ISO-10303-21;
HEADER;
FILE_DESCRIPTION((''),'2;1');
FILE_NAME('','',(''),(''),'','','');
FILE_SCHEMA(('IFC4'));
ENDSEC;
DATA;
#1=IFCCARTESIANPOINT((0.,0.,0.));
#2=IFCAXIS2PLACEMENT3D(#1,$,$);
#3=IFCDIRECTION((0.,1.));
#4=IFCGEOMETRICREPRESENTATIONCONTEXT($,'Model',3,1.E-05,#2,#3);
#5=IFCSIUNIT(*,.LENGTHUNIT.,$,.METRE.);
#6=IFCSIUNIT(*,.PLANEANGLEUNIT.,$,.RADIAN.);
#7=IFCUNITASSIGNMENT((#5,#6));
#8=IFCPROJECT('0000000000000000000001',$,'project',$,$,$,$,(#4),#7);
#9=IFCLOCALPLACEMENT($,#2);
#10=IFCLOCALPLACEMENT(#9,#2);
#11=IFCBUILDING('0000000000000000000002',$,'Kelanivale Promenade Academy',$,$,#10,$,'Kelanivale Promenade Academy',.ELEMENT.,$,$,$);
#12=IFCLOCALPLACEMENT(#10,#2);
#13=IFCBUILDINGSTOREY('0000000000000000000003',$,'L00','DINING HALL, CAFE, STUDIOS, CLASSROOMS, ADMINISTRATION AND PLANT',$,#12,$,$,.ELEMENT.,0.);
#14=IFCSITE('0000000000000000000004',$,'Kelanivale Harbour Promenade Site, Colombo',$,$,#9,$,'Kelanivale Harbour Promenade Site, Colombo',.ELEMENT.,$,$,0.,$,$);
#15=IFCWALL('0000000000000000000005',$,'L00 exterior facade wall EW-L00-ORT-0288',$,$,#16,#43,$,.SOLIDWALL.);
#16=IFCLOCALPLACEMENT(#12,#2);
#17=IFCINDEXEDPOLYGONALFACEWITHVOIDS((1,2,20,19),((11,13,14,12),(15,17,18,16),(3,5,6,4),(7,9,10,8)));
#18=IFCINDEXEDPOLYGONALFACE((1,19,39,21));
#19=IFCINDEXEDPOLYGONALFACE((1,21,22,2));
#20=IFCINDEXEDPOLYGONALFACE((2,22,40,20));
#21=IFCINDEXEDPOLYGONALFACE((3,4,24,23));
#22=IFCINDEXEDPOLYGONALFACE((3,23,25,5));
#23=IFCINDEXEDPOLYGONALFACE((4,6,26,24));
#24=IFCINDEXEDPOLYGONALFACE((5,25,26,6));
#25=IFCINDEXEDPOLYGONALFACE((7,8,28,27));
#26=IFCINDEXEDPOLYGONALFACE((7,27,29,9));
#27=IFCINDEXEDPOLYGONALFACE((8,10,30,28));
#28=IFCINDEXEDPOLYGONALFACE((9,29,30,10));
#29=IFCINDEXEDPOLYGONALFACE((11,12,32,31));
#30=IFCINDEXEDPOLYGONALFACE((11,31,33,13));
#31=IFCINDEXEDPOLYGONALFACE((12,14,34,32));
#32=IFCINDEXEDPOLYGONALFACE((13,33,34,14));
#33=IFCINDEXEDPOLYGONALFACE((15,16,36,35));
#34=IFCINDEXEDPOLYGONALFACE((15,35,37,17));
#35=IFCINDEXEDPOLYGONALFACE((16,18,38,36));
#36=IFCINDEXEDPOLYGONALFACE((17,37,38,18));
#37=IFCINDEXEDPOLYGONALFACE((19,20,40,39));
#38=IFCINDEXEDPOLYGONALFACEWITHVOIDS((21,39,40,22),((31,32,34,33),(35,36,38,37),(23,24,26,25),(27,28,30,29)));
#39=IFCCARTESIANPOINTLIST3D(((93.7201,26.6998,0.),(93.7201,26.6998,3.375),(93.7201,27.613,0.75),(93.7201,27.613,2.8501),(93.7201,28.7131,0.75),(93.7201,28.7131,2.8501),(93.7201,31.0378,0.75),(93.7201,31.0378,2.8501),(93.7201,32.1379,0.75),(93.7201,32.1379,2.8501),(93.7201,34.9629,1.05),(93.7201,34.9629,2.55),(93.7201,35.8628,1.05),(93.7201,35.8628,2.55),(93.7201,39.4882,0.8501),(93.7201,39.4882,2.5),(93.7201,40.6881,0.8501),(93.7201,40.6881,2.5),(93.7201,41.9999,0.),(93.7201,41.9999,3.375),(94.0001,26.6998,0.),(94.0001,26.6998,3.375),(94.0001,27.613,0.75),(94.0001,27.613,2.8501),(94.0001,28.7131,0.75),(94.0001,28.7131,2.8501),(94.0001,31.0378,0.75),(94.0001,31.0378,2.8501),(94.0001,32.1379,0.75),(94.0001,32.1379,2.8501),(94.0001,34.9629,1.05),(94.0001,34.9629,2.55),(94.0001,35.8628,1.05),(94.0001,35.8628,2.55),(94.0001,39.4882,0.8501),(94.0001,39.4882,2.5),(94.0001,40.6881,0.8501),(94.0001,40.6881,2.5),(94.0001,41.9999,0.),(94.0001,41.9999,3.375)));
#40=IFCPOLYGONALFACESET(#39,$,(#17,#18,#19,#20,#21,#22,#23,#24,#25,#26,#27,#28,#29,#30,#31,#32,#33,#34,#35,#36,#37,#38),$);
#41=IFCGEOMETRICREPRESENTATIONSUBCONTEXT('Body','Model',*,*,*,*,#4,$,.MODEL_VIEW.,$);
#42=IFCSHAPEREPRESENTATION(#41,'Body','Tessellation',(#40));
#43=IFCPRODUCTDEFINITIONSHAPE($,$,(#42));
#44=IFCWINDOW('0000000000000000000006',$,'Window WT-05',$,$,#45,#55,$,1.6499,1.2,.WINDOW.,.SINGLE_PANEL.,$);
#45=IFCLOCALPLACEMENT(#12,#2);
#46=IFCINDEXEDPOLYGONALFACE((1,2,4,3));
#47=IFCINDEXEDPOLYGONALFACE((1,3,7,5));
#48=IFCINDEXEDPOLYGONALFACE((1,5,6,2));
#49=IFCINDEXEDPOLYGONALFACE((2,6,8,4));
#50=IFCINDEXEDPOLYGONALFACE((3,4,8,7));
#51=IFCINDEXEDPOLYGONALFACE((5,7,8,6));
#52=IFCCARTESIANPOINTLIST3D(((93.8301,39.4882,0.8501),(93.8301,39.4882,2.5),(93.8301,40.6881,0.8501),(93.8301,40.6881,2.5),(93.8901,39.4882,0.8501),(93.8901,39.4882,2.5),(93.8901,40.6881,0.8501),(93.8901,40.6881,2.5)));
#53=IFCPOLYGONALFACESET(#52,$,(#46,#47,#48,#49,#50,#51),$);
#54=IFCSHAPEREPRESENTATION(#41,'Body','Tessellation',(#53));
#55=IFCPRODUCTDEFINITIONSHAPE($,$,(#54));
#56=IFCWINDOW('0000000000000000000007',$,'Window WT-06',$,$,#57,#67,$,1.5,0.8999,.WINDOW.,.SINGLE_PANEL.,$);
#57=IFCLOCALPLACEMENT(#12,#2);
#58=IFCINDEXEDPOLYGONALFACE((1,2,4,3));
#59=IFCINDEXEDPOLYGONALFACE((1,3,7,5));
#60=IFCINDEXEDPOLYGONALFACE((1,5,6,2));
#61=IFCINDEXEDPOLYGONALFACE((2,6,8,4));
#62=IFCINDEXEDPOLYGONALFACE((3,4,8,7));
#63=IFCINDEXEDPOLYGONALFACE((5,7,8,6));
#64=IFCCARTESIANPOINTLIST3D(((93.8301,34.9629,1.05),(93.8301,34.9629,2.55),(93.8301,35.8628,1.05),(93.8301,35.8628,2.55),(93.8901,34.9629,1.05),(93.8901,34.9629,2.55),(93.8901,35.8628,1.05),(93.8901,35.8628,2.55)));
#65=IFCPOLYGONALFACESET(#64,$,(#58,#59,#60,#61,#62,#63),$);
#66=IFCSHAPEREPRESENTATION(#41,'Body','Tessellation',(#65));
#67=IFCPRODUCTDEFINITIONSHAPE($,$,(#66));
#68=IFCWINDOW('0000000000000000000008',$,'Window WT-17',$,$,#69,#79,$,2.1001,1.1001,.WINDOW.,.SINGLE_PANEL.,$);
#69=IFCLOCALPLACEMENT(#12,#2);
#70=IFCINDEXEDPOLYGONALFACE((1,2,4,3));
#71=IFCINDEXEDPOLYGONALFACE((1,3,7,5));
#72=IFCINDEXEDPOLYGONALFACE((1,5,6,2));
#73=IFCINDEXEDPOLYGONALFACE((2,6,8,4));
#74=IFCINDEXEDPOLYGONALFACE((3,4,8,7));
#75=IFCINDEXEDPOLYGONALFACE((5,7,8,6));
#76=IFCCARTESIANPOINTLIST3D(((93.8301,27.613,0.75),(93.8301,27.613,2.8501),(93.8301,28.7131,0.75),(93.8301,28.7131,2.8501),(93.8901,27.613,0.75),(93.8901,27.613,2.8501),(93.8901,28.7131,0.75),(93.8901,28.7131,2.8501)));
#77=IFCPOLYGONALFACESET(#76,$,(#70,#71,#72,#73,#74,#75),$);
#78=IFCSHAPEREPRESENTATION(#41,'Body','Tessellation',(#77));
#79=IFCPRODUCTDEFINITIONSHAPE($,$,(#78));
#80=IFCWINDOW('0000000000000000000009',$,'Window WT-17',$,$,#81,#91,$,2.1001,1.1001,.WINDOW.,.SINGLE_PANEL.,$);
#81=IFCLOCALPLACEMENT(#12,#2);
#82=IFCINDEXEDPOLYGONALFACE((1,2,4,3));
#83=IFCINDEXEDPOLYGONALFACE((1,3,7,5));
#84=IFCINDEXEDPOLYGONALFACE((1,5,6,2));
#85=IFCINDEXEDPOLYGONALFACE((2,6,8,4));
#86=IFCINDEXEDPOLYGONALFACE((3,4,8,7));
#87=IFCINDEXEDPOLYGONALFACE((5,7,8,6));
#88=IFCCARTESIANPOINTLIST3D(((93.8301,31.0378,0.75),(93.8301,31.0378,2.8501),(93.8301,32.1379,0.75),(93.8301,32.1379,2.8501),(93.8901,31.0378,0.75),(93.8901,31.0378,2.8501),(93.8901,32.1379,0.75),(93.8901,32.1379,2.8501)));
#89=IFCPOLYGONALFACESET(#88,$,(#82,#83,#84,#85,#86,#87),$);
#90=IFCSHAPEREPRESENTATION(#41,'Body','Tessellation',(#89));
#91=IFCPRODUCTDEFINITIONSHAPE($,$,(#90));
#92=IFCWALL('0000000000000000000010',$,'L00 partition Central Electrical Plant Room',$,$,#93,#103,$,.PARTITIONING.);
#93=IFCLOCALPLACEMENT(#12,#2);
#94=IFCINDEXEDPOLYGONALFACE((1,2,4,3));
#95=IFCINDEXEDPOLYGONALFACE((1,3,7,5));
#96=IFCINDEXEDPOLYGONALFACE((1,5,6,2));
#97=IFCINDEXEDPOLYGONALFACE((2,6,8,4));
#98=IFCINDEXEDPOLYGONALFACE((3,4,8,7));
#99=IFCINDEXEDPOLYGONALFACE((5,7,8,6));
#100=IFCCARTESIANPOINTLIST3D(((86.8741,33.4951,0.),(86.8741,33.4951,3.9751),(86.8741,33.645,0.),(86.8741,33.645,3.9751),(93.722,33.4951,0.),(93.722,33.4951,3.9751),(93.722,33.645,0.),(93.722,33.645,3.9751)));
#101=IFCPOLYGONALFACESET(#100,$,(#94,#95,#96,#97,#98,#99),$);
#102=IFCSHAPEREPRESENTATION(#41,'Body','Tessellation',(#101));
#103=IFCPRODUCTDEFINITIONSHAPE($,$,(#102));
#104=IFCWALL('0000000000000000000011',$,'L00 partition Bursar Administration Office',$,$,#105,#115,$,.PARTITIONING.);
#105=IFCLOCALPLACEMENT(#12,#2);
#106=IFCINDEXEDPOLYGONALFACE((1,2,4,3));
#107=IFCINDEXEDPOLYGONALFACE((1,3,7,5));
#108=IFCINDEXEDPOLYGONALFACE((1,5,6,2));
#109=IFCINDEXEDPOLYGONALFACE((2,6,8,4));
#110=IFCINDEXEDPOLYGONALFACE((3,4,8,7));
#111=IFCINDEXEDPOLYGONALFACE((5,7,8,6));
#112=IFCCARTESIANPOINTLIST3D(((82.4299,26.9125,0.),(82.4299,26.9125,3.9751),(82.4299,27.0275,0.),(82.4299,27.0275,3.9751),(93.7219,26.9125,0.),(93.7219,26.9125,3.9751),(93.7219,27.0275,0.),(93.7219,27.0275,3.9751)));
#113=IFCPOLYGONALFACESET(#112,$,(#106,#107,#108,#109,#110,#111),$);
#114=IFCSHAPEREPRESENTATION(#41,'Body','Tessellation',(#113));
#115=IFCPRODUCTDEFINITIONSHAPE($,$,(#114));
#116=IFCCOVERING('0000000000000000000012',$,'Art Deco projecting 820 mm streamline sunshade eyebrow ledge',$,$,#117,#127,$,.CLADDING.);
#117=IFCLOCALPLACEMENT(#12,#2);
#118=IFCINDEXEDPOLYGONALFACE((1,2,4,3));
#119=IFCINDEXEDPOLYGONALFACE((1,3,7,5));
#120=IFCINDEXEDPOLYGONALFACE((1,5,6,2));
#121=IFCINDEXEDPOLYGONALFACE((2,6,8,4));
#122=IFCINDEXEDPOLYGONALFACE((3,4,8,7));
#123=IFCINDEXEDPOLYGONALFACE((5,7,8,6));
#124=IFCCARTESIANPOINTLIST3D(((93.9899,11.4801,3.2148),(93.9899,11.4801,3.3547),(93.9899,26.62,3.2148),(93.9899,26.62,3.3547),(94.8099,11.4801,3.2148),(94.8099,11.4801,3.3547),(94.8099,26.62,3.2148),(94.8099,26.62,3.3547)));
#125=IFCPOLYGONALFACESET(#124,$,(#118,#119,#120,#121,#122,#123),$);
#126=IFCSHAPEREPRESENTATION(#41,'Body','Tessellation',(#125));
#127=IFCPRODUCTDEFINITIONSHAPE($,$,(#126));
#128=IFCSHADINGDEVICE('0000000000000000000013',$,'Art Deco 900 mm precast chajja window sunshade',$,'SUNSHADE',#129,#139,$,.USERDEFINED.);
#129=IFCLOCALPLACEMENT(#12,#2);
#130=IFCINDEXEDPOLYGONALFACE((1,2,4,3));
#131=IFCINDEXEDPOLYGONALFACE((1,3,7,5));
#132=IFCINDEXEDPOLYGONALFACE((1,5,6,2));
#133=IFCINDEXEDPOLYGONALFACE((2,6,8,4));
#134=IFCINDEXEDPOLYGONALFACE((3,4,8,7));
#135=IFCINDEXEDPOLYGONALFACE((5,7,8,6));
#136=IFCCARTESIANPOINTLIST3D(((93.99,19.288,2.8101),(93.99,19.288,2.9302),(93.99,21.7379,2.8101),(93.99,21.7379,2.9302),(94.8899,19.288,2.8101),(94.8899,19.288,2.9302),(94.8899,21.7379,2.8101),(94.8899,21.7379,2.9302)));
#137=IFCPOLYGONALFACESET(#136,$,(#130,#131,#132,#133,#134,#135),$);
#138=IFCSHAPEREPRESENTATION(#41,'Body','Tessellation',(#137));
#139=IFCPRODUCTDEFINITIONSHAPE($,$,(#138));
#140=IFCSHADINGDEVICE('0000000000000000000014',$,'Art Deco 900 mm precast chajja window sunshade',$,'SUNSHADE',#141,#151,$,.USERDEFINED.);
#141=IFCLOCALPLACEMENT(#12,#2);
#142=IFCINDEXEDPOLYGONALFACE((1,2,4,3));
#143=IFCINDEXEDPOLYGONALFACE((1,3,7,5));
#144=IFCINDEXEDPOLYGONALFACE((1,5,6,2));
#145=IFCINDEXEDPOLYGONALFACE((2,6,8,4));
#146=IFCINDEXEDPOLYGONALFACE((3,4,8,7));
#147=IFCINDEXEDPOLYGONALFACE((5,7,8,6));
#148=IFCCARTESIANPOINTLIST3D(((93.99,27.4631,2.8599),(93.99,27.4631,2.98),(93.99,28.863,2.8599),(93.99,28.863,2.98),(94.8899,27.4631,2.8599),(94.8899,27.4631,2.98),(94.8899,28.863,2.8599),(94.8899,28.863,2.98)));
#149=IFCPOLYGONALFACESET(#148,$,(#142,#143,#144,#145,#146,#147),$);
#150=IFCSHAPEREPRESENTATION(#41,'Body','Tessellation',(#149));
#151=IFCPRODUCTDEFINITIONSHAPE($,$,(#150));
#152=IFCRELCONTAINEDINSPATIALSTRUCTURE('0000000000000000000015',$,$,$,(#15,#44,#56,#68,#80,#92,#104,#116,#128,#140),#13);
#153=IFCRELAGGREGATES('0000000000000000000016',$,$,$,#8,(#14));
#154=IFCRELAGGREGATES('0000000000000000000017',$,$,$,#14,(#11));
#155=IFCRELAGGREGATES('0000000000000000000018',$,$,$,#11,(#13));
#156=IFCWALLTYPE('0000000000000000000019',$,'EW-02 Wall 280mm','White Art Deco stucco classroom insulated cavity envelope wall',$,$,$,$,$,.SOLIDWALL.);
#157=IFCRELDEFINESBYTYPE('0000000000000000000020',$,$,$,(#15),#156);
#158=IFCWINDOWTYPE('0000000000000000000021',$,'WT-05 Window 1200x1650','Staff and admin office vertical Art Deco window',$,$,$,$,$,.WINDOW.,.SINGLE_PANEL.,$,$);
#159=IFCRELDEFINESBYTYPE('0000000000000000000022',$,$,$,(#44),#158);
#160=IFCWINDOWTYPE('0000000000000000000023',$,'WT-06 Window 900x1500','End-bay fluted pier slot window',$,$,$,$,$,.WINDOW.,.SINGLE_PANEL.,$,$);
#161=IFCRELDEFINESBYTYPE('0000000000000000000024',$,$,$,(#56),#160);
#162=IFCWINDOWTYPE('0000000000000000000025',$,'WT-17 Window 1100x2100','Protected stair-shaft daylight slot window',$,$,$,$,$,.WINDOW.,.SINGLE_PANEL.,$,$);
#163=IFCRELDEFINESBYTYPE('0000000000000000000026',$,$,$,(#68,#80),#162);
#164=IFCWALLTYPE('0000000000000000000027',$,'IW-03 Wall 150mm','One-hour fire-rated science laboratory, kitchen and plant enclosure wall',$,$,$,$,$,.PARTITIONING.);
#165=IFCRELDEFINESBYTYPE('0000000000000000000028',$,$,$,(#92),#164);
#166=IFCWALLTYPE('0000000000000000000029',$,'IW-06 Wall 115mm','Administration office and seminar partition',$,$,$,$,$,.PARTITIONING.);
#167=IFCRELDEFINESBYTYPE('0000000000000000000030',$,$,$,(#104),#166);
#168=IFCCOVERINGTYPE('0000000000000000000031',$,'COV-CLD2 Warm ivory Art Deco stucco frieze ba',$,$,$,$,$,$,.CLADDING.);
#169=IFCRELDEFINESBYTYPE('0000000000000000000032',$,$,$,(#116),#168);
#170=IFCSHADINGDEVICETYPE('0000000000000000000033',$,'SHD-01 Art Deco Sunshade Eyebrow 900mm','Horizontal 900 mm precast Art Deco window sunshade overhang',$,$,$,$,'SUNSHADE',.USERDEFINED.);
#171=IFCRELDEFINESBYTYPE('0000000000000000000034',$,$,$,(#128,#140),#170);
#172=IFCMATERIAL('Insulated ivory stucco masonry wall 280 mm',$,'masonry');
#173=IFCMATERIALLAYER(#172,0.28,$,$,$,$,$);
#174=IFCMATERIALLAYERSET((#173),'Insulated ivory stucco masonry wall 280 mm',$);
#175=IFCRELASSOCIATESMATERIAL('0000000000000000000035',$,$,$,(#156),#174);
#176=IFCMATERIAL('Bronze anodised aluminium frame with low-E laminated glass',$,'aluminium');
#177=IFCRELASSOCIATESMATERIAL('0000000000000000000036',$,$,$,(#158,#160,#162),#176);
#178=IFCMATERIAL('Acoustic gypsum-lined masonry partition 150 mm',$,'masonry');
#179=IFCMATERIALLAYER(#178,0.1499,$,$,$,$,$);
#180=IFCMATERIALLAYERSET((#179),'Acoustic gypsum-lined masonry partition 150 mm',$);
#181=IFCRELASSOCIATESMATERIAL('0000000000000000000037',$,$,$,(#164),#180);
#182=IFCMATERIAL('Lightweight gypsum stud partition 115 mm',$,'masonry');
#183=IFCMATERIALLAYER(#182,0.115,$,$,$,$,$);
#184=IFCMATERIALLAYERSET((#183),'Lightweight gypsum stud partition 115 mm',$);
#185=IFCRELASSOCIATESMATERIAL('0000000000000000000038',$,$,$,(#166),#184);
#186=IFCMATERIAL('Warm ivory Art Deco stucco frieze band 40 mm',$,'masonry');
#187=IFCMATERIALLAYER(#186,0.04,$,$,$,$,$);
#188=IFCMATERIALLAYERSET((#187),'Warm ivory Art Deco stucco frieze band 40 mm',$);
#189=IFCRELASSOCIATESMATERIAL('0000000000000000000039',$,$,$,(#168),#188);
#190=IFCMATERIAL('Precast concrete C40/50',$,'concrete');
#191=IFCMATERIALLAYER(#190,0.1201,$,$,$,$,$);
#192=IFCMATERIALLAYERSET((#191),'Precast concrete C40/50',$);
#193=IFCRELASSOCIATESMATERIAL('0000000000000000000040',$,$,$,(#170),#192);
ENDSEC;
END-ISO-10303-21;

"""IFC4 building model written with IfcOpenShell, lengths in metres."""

from ifc_helpers import new_model, si_unit, direction, frame, frame_2d, origin, origin_2d, place, context, subcontext, project, spatial, rectangle, extrude, material, layer, layer_set, type_object, element, fill, save


model = new_model("IFC4")

# Units and contexts
model_context = context("Model", 3, precision=1e-05, world=origin(), true_north=direction((0.0, 1.0)))
body_context = subcontext(model_context, "Body", "Model", "MODEL_VIEW")
ifc_project = project(units=[si_unit("LENGTHUNIT", "METRE"), si_unit("PLANEANGLEUNIT", "RADIAN")], contexts=[model_context])

# Site, building, storey
site_placement = place(None, origin())
site = spatial("IfcSite", under=ifc_project, at=site_placement, Name="Kelanivale Harbour Promenade Site, Colombo", LongName="Kelanivale Harbour Promenade Site, Colombo", CompositionType="ELEMENT", RefElevation=0.0)
building_placement = place(site_placement, origin())
building = spatial("IfcBuilding", under=site, at=building_placement, Name="Kelanivale Promenade Academy", LongName="Kelanivale Promenade Academy", CompositionType="ELEMENT")
storey_placement = place(building_placement, origin())
storey = spatial("IfcBuildingStorey", under=building, at=storey_placement, Name="L00", Description="DINING HALL, CAFE, STUDIOS, CLASSROOMS, ADMINISTRATION AND PLANT", CompositionType="ELEMENT", Elevation=0.0)

# Wall, openings, windows
ifc_material_1 = material(Name="Insulated ivory stucco masonry wall 280 mm", Category="masonry")
ifc_layer_1 = layer(ifc_material_1, 0.28)
ifc_layer_set_1 = layer_set([ifc_layer_1], Name="Insulated ivory stucco masonry wall 280 mm")
wall_type_1 = type_object("IfcWallType", Name="EW-02 Wall 280mm", Description="White Art Deco stucco classroom insulated cavity envelope wall", PredefinedType="SOLIDWALL", material=ifc_layer_set_1)
wall_1_placement = place(storey_placement, frame((93.8601, 26.7, 0.0), z_axis=(0.0, 0.0, 1.0), x_axis=(0.0, 1.0, 0.0)))
wall_1 = element("IfcWall", 1, at=wall_1_placement, inside=storey, type_object=wall_type_1, Name="L00 exterior facade wall EW-L00-ORT-0288", PredefinedType="SOLIDWALL", context=body_context, shape_type="SweptSolid", body=[
    extrude(rectangle(XDim=15.3, YDim=0.28, at=frame_2d((7.6499, 0.0))), origin(), (0.0, 0.0, 1.0), 3.375),
])
opening_1_placement = place(wall_1_placement, frame((0.9131, 0.0, 0.75)))
opening_1 = element("IfcOpeningElement", 2, at=opening_1_placement, cuts=wall_1, PredefinedType="OPENING", context=body_context, shape_type="SweptSolid", body=[
    extrude(rectangle(XDim=1.1001, YDim=2.1001, at=frame_2d((0.55, 1.05))), frame((0.0, 0.1499, 0.0), z_axis=(0.0, -1.0, 0.0), x_axis=(1.0, 0.0, 0.0)), (0.0, 0.0, 1.0), 0.3),
])
opening_2_placement = place(wall_1_placement, frame((4.3379, 0.0, 0.75)))
opening_2 = element("IfcOpeningElement", 3, at=opening_2_placement, cuts=wall_1, PredefinedType="OPENING", context=body_context, shape_type="SweptSolid", body=[
    extrude(rectangle(XDim=1.1001, YDim=2.1001, at=frame_2d((0.55, 1.05))), frame((0.0, 0.1499, 0.0), z_axis=(0.0, -1.0, 0.0), x_axis=(1.0, 0.0, 0.0)), (0.0, 0.0, 1.0), 0.3),
])
opening_3_placement = place(wall_1_placement, frame((8.2629, 0.0, 1.05)))
opening_3 = element("IfcOpeningElement", 4, at=opening_3_placement, cuts=wall_1, PredefinedType="OPENING", context=body_context, shape_type="SweptSolid", body=[
    extrude(rectangle(XDim=0.8999, YDim=1.5, at=frame_2d((0.45, 0.75))), frame((0.0, 0.1499, 0.0), z_axis=(0.0, -1.0, 0.0), x_axis=(1.0, 0.0, 0.0)), (0.0, 0.0, 1.0), 0.3),
])
opening_4_placement = place(wall_1_placement, frame((12.7881, 0.0, 0.8501)))
opening_4 = element("IfcOpeningElement", 5, at=opening_4_placement, cuts=wall_1, PredefinedType="OPENING", context=body_context, shape_type="SweptSolid", body=[
    extrude(rectangle(XDim=1.2, YDim=1.6499, at=frame_2d((0.6001, 0.825))), frame((0.0, 0.1499, 0.0), z_axis=(0.0, -1.0, 0.0), x_axis=(1.0, 0.0, 0.0)), (0.0, 0.0, 1.0), 0.3),
])
ifc_material_2 = material(Name="Bronze anodised aluminium frame with low-E laminated glass", Category="aluminium")
window_type_1 = type_object("IfcWindowType", Name="WT-05 Window 1200x1650", Description="Staff and admin office vertical Art Deco window", PartitioningType="SINGLE_PANEL", PredefinedType="WINDOW", material=ifc_material_2)
window_1_placement = place(opening_4_placement, origin())
window_1 = element("IfcWindow", 6, at=window_1_placement, inside=storey, type_object=window_type_1, Name="Window WT-05", OverallHeight=1.6499, OverallWidth=1.2, PartitioningType="SINGLE_PANEL", PredefinedType="WINDOW", context=body_context, shape_type="SweptSolid", body=[
    extrude(rectangle(XDim=1.2, YDim=1.6499, at=frame_2d((0.6001, 0.825))), frame((0.0, 0.03, 0.0), z_axis=(0.0, -1.0, 0.0), x_axis=(1.0, 0.0, 0.0)), (0.0, 0.0, 1.0), 0.0601),
])
fill(opening_4, window_1)
window_type_2 = type_object("IfcWindowType", Name="WT-06 Window 900x1500", Description="End-bay fluted pier slot window", PartitioningType="SINGLE_PANEL", PredefinedType="WINDOW", material=ifc_material_2)
window_2_placement = place(opening_3_placement, origin())
window_2 = element("IfcWindow", 7, at=window_2_placement, inside=storey, type_object=window_type_2, Name="Window WT-06", OverallHeight=1.5, OverallWidth=0.8999, PartitioningType="SINGLE_PANEL", PredefinedType="WINDOW", context=body_context, shape_type="SweptSolid", body=[
    extrude(rectangle(XDim=0.8999, YDim=1.5, at=frame_2d((0.45, 0.75))), frame((0.0, 0.03, 0.0), z_axis=(0.0, -1.0, 0.0), x_axis=(1.0, 0.0, 0.0)), (0.0, 0.0, 1.0), 0.0601),
])
fill(opening_3, window_2)
window_type_3 = type_object("IfcWindowType", Name="WT-17 Window 1100x2100", Description="Protected stair-shaft daylight slot window", PartitioningType="SINGLE_PANEL", PredefinedType="WINDOW", material=ifc_material_2)
window_3_placement = place(opening_1_placement, origin())
window_3 = element("IfcWindow", 8, at=window_3_placement, inside=storey, type_object=window_type_3, Name="Window WT-17", OverallHeight=2.1001, OverallWidth=1.1001, PartitioningType="SINGLE_PANEL", PredefinedType="WINDOW", context=body_context, shape_type="SweptSolid", body=[
    extrude(rectangle(XDim=1.1001, YDim=2.1001, at=frame_2d((0.55, 1.05))), frame((0.0, 0.03, 0.0), z_axis=(0.0, -1.0, 0.0), x_axis=(1.0, 0.0, 0.0)), (0.0, 0.0, 1.0), 0.0601),
])
fill(opening_1, window_3)
window_4_placement = place(opening_2_placement, origin())
window_4 = element("IfcWindow", 9, at=window_4_placement, inside=storey, type_object=window_type_3, Name="Window WT-17", OverallHeight=2.1001, OverallWidth=1.1001, PartitioningType="SINGLE_PANEL", PredefinedType="WINDOW", context=body_context, shape_type="SweptSolid", body=[
    extrude(rectangle(XDim=1.1001, YDim=2.1001, at=frame_2d((0.55, 1.05))), frame((0.0, 0.03, 0.0), z_axis=(0.0, -1.0, 0.0), x_axis=(1.0, 0.0, 0.0)), (0.0, 0.0, 1.0), 0.0601),
])
fill(opening_2, window_4)

# Walls
ifc_material_3 = material(Name="Acoustic gypsum-lined masonry partition 150 mm", Category="masonry")
ifc_layer_2 = layer(ifc_material_3, 0.1499)
ifc_layer_set_2 = layer_set([ifc_layer_2], Name="Acoustic gypsum-lined masonry partition 150 mm")
wall_type_2 = type_object("IfcWallType", Name="IW-03 Wall 150mm", Description="One-hour fire-rated science laboratory, kitchen and plant enclosure wall", PredefinedType="PARTITIONING", material=ifc_layer_set_2)
wall_2_placement = place(storey_placement, frame((93.7219, 33.5701, 0.0), z_axis=(0.0, 0.0, 1.0), x_axis=(-1.0, 0.0, 0.0)))
element("IfcWall", 10, at=wall_2_placement, inside=storey, type_object=wall_type_2, Name="L00 partition Central Electrical Plant Room", PredefinedType="PARTITIONING", context=body_context, shape_type="SweptSolid", body=[
    extrude(rectangle(XDim=6.8479, YDim=0.1499, at=frame_2d((3.4238, 0.0))), origin(), (0.0, 0.0, 1.0), 3.9751),
])
ifc_material_4 = material(Name="Lightweight gypsum stud partition 115 mm", Category="masonry")
ifc_layer_3 = layer(ifc_material_4, 0.115)
ifc_layer_set_3 = layer_set([ifc_layer_3], Name="Lightweight gypsum stud partition 115 mm")
wall_type_3 = type_object("IfcWallType", Name="IW-06 Wall 115mm", Description="Administration office and seminar partition", PredefinedType="PARTITIONING", material=ifc_layer_set_3)
wall_3_placement = place(storey_placement, frame((93.7219, 26.97, 0.0), z_axis=(0.0, 0.0, 1.0), x_axis=(-1.0, 0.0, 0.0)))
element("IfcWall", 11, at=wall_3_placement, inside=storey, type_object=wall_type_3, Name="L00 partition Bursar Administration Office", PredefinedType="PARTITIONING", context=body_context, shape_type="SweptSolid", body=[
    extrude(rectangle(XDim=11.292, YDim=0.115, at=frame_2d((5.646, 0.0))), origin(), (0.0, 0.0, 1.0), 3.9751),
])

# Covering
ifc_material_5 = material(Name="Warm ivory Art Deco stucco frieze band 40 mm", Category="masonry")
ifc_layer_4 = layer(ifc_material_5, 0.04)
ifc_layer_set_4 = layer_set([ifc_layer_4], Name="Warm ivory Art Deco stucco frieze band 40 mm")
covering_type = type_object("IfcCoveringType", Name="COV-CLD2 Warm ivory Art Deco stucco frieze ba", PredefinedType="CLADDING", material=ifc_layer_set_4)
covering_placement = place(storey_placement, frame((94.3999, 19.05, 3.2148), z_axis=(0.0, 0.0, 1.0), x_axis=(0.0, 1.0, 0.0)))
element("IfcCovering", 12, at=covering_placement, inside=storey, type_object=covering_type, Name="Art Deco projecting 820 mm streamline sunshade eyebrow ledge", PredefinedType="CLADDING", context=body_context, shape_type="SweptSolid", body=[
    extrude(rectangle(XDim=15.1399, YDim=0.8201, at=origin_2d()), origin(), (0.0, 0.0, 1.0), 0.1399),
])

# Shading devices
ifc_material_6 = material(Name="Precast concrete C40/50", Category="concrete")
ifc_layer_5 = layer(ifc_material_6, 0.1201)
ifc_layer_set_5 = layer_set([ifc_layer_5], Name="Precast concrete C40/50")
shading_device_type_1 = type_object("IfcShadingDeviceType", Name="SHD-01 Art Deco Sunshade Eyebrow 900mm", Description="Horizontal 900 mm precast Art Deco window sunshade overhang", ElementType="SUNSHADE", PredefinedType="USERDEFINED", material=ifc_layer_set_5)
shading_device_1_placement = place(storey_placement, frame((94.4399, 20.5129, 2.8101), z_axis=(0.0, 0.0, 1.0), x_axis=(0.0, 1.0, 0.0)))
element("IfcShadingDevice", 13, at=shading_device_1_placement, inside=storey, type_object=shading_device_type_1, Name="Art Deco 900 mm precast chajja window sunshade", ObjectType="SUNSHADE", PredefinedType="USERDEFINED", context=body_context, shape_type="SweptSolid", body=[
    extrude(rectangle(XDim=2.45, YDim=0.8999, at=origin_2d()), origin(), (0.0, 0.0, 1.0), 0.1201),
])
shading_device_2_placement = place(storey_placement, frame((94.4399, 28.1631, 2.8599), z_axis=(0.0, 0.0, 1.0), x_axis=(0.0, 1.0, 0.0)))
element("IfcShadingDevice", 14, at=shading_device_2_placement, inside=storey, type_object=shading_device_type_1, Name="Art Deco 900 mm precast chajja window sunshade", ObjectType="SUNSHADE", PredefinedType="USERDEFINED", context=body_context, shape_type="SweptSolid", body=[
    extrude(rectangle(XDim=1.3999, YDim=0.8999, at=origin_2d()), origin(), (0.0, 0.0, 1.0), 0.1201),
])

save(model, "model.ifc")
